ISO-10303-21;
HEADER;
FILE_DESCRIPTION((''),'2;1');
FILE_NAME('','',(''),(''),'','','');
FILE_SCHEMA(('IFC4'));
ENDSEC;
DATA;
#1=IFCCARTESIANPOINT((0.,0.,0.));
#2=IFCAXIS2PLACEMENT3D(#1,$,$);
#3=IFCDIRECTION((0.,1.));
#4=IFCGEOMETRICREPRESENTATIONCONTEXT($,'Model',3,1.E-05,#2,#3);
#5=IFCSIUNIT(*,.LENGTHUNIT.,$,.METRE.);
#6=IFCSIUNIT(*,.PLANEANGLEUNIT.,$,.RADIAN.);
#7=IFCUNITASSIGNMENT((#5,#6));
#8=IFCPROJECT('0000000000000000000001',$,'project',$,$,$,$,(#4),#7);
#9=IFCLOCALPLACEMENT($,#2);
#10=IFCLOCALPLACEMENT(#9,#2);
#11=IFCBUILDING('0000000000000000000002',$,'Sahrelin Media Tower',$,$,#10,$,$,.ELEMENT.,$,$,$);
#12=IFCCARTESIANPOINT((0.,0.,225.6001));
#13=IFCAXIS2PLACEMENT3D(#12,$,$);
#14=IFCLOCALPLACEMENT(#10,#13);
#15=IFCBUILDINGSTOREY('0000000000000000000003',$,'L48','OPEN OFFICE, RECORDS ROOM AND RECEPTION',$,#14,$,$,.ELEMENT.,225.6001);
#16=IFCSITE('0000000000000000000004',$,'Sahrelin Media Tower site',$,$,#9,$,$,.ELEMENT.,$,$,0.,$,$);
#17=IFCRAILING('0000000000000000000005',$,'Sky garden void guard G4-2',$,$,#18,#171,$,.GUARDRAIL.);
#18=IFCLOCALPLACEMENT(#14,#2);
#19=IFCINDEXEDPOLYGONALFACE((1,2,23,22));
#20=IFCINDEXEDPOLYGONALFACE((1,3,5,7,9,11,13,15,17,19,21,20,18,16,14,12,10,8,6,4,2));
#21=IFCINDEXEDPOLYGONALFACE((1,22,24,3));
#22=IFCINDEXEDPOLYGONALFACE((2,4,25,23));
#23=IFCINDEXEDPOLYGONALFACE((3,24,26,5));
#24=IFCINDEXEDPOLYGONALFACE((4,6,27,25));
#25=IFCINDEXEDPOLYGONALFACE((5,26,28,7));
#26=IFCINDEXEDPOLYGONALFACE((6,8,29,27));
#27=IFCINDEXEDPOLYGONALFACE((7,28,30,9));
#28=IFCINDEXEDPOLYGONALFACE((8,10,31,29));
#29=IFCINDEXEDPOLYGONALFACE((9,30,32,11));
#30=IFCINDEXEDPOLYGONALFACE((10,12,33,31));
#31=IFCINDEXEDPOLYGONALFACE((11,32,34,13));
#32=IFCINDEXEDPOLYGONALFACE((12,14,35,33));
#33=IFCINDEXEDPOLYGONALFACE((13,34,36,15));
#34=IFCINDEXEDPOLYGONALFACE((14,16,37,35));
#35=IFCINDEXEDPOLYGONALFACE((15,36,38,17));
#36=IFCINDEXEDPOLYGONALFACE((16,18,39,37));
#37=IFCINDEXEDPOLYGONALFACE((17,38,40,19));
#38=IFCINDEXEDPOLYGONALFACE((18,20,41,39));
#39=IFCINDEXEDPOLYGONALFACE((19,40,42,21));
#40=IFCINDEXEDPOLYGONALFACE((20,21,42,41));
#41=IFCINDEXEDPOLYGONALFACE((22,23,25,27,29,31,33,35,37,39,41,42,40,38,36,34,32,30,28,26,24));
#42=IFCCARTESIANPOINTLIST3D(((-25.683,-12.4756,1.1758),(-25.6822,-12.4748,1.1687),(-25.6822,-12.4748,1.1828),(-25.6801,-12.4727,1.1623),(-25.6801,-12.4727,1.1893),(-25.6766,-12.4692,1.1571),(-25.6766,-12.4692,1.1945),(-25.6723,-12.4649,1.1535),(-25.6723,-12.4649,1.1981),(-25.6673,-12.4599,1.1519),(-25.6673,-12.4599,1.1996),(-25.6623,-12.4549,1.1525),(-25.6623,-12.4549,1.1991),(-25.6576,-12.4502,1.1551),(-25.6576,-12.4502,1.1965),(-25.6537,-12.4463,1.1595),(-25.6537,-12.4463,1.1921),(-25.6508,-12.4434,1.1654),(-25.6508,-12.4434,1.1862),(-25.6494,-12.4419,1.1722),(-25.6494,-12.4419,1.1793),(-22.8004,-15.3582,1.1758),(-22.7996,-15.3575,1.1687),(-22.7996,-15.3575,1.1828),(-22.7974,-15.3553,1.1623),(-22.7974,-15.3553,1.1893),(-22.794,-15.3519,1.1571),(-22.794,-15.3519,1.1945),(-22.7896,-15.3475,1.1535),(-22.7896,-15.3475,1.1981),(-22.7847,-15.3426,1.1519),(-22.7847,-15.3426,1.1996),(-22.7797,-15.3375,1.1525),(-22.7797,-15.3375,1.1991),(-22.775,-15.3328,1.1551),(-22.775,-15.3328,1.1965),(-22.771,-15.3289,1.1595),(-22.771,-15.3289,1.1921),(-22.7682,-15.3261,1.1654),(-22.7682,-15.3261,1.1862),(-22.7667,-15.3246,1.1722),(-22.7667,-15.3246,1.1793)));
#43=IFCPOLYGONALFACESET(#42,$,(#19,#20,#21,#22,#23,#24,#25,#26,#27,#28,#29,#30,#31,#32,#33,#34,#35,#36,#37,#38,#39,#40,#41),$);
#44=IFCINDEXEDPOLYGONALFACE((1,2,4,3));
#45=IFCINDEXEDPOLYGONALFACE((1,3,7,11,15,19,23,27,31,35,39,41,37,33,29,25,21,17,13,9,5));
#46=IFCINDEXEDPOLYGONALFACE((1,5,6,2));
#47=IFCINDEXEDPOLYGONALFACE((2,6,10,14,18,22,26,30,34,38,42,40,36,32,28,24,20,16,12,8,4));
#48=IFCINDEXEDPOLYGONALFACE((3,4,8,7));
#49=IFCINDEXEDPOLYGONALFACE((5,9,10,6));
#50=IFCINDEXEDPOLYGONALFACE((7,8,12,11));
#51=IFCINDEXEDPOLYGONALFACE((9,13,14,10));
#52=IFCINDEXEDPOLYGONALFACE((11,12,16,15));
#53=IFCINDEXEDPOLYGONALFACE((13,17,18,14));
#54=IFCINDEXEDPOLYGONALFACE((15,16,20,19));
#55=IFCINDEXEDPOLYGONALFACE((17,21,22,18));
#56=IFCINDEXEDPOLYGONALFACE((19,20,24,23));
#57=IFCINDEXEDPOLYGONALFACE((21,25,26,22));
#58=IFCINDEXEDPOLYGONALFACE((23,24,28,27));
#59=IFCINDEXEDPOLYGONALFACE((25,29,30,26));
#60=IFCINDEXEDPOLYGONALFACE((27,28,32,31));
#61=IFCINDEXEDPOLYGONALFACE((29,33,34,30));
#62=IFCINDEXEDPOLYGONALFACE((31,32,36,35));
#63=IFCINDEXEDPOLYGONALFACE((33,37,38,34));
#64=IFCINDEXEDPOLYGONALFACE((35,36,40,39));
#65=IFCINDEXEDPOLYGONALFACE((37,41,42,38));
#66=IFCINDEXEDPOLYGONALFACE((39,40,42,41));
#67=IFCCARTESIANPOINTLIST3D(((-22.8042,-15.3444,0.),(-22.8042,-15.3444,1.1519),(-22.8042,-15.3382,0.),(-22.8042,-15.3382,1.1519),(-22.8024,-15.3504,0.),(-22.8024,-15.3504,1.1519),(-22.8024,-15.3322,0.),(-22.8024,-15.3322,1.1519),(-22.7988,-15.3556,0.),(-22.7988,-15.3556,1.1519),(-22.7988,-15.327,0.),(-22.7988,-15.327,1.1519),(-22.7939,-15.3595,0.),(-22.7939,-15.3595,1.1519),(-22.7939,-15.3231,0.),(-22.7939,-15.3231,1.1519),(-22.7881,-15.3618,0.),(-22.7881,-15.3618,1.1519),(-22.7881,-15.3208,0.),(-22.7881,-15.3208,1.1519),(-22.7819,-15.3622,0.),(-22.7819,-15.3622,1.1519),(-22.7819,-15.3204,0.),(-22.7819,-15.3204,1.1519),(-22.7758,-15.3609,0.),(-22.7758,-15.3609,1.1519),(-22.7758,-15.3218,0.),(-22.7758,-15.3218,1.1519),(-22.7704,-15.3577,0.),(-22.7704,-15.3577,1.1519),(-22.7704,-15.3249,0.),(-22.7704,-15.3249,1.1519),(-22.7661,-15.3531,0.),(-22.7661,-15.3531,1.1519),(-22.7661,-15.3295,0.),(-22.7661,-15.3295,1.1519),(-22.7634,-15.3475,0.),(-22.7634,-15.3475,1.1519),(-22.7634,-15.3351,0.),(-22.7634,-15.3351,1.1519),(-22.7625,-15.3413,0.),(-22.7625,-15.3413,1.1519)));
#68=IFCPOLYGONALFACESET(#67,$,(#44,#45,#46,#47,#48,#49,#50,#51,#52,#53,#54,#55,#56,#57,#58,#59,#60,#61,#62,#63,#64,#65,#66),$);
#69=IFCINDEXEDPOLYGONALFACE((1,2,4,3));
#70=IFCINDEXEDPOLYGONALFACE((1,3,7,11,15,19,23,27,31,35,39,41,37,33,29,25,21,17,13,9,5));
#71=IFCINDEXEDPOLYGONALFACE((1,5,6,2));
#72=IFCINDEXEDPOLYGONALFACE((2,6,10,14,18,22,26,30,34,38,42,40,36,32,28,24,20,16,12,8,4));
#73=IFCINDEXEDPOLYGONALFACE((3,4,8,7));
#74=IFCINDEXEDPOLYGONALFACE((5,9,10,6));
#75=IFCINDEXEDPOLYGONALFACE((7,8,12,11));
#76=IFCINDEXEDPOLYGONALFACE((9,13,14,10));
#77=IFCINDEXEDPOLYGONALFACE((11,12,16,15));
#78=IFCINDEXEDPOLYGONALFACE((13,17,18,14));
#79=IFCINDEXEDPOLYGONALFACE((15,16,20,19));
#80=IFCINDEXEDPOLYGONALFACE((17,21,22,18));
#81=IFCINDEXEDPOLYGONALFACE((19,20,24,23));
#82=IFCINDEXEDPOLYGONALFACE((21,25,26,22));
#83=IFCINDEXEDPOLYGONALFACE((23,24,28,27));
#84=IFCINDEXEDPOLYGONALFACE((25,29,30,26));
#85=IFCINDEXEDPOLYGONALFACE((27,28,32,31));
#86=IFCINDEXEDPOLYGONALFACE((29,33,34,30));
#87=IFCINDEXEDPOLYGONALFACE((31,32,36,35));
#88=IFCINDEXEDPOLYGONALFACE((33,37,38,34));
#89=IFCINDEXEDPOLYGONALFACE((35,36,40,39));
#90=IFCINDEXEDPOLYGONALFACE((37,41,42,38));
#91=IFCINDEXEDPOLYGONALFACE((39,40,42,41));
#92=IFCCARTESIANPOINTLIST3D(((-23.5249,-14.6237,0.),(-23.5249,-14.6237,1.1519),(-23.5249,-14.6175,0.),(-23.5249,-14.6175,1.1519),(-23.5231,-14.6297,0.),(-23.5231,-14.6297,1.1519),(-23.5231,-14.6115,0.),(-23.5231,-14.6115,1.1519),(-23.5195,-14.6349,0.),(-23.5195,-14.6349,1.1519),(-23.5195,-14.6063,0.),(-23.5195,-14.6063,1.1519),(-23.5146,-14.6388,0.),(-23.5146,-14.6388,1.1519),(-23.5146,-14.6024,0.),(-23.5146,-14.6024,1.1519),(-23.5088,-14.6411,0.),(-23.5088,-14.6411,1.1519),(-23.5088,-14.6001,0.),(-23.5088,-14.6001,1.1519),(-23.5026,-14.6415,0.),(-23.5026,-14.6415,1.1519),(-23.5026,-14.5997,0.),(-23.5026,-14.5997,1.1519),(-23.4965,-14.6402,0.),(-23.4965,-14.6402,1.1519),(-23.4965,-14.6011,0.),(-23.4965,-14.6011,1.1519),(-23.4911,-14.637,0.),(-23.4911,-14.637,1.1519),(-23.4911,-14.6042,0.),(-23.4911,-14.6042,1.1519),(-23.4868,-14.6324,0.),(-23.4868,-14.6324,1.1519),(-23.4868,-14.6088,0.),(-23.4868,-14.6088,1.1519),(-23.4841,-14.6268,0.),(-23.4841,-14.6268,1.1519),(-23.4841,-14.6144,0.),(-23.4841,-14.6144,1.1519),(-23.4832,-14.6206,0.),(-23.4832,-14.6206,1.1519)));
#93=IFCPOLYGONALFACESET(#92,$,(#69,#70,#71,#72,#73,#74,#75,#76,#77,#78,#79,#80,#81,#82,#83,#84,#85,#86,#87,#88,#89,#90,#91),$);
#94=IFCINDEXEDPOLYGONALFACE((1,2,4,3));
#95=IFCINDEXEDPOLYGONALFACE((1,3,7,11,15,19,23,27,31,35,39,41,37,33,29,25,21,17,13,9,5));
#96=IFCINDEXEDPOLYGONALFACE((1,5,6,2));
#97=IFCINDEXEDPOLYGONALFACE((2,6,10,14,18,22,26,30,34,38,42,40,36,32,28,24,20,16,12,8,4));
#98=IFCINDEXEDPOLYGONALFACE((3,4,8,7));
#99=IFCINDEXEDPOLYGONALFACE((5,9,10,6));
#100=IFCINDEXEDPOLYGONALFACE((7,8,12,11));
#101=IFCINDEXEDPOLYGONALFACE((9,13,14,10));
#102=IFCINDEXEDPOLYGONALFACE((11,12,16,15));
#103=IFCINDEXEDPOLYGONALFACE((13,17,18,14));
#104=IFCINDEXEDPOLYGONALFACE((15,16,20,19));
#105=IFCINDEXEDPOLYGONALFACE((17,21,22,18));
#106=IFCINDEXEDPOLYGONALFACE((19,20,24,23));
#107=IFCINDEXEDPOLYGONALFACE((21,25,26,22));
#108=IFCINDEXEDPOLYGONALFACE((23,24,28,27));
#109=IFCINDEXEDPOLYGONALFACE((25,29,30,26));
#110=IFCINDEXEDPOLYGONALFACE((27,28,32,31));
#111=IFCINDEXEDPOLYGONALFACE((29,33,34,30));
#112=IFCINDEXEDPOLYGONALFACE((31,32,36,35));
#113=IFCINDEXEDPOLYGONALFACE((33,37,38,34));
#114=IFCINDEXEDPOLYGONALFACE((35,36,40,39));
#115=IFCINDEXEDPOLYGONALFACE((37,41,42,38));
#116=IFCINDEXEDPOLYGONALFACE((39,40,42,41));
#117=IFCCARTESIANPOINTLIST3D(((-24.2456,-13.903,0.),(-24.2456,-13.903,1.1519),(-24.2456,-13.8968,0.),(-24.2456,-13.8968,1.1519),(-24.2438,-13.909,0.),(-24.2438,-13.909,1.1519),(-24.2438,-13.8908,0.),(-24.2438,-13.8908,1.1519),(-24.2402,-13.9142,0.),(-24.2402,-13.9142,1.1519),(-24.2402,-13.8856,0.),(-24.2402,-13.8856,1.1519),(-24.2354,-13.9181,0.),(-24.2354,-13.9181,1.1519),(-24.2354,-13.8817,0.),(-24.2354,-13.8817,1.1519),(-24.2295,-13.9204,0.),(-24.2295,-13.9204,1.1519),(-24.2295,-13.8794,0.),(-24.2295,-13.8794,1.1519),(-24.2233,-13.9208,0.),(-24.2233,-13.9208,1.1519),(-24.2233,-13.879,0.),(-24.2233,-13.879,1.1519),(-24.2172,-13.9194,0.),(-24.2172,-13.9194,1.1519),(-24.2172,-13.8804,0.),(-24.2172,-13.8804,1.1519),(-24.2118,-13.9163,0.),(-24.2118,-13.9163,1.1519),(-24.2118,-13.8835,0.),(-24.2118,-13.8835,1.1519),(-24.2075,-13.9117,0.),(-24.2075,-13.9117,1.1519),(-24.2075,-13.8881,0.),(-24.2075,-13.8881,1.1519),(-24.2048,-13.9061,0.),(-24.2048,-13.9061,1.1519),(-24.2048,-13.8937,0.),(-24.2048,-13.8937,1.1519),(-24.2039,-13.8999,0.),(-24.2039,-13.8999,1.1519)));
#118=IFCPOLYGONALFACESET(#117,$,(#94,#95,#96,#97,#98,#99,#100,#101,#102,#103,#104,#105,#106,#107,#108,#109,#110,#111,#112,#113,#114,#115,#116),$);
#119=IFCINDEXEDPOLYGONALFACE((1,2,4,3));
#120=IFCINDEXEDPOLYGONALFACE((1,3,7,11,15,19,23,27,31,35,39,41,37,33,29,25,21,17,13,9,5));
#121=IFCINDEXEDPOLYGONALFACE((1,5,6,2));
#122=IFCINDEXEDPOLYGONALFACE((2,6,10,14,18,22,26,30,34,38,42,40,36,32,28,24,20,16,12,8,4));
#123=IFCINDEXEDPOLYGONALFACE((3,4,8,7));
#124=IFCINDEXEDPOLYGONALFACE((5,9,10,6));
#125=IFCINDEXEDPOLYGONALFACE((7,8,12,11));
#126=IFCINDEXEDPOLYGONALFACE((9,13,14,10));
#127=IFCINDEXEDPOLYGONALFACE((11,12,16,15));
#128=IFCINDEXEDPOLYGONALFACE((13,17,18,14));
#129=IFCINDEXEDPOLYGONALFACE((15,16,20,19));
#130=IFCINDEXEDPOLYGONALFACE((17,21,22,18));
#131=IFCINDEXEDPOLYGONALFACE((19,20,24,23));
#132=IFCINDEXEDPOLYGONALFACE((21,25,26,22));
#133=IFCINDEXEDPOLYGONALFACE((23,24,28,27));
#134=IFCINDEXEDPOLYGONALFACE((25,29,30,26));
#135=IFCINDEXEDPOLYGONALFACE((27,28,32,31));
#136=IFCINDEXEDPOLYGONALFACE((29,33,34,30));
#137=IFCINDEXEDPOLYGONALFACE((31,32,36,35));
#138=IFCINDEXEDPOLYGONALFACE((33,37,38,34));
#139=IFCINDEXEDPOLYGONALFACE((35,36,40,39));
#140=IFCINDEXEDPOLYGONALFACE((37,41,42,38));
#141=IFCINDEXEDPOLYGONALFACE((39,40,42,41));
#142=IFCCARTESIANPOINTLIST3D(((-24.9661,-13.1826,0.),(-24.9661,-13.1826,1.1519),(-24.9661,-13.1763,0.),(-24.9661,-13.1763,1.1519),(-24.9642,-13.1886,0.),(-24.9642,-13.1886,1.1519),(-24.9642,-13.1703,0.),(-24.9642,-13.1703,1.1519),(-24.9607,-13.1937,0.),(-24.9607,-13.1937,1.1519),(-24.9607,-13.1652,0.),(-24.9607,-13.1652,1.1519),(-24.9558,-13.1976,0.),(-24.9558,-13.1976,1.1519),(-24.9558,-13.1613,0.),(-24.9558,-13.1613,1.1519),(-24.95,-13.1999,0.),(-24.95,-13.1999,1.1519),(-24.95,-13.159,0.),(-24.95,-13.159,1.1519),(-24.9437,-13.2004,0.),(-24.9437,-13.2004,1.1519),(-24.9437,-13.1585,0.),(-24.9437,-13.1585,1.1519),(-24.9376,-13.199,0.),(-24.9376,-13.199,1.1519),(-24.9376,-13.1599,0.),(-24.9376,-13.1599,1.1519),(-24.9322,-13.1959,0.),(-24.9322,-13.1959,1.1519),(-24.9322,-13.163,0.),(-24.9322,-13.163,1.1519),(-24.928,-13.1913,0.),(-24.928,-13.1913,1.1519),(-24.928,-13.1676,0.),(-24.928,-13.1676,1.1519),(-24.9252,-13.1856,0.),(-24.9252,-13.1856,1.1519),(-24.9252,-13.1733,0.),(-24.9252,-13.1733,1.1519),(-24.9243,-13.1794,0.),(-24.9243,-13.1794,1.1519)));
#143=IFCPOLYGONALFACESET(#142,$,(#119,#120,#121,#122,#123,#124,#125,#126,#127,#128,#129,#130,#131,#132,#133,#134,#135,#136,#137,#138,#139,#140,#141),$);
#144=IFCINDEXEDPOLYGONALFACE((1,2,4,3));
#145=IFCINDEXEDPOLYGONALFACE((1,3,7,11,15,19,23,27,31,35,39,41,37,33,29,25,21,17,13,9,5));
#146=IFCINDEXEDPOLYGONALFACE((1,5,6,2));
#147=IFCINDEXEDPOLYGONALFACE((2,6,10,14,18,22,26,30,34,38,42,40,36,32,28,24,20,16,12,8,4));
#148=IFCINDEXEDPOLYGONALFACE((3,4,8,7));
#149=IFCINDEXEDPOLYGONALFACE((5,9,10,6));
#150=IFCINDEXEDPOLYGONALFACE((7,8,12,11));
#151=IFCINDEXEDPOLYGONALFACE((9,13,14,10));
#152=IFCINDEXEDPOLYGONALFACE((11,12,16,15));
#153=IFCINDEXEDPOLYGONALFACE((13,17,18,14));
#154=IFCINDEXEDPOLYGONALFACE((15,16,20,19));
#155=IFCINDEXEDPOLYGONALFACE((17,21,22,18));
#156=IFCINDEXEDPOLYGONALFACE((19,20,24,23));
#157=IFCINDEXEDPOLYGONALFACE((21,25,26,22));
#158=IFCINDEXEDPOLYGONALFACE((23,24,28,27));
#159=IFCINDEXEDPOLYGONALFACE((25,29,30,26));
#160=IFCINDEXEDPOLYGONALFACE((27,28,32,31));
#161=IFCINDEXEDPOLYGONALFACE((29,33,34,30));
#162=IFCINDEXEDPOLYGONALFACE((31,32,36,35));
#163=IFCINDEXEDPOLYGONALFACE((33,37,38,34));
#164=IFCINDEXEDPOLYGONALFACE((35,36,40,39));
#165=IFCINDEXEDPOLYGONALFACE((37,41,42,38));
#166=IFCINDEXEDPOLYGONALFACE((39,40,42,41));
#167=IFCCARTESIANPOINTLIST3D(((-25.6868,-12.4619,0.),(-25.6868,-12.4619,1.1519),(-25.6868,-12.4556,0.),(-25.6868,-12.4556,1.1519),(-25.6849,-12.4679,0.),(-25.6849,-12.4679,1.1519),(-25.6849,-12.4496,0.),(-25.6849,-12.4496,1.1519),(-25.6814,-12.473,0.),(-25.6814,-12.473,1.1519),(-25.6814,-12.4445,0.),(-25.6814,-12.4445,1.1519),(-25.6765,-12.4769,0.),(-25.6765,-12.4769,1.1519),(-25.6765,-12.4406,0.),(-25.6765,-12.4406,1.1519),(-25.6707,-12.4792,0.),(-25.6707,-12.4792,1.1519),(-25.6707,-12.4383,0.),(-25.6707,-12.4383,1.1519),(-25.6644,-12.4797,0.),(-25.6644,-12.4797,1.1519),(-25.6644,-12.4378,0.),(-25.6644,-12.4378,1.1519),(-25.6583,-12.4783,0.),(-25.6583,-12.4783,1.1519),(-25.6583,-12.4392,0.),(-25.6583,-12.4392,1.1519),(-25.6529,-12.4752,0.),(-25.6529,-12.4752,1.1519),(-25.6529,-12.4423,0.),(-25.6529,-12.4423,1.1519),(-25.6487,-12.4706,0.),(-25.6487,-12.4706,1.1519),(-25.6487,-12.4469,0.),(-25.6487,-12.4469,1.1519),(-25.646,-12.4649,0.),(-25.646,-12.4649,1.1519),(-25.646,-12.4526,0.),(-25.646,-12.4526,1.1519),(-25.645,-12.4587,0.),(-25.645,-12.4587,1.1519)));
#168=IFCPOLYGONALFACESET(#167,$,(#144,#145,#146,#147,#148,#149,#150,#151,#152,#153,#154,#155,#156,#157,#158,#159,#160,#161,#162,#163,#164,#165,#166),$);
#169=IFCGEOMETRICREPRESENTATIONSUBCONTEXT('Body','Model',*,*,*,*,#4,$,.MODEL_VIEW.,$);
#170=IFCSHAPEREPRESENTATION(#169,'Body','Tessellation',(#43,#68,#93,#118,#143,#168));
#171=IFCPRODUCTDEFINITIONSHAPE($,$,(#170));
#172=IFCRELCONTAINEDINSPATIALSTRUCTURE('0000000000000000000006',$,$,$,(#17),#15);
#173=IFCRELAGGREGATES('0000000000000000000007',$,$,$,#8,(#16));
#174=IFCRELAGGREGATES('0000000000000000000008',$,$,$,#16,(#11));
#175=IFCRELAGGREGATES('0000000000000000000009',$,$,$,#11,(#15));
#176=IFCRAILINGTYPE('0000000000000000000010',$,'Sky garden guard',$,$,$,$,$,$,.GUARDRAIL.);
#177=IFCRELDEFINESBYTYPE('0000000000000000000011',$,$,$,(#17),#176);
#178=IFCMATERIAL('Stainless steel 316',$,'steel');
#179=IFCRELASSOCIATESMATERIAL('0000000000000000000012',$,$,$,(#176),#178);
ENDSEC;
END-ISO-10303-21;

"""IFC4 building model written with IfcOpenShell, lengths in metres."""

from ifc_helpers import new_model, si_unit, direction, frame, origin, origin_2d, place, context, subcontext, project, spatial, circle, extrude, material, type_object, element, save


model = new_model("IFC4")

# Units and contexts
model_context = context("Model", 3, precision=1e-05, world=origin(), true_north=direction((0.0, 1.0)))
body_context = subcontext(model_context, "Body", "Model", "MODEL_VIEW")
ifc_project = project(units=[si_unit("LENGTHUNIT", "METRE"), si_unit("PLANEANGLEUNIT", "RADIAN")], contexts=[model_context])

# Site, building, storey
site_placement = place(None, origin())
site = spatial("IfcSite", under=ifc_project, at=site_placement, Name="Sahrelin Media Tower site", CompositionType="ELEMENT", RefElevation=0.0)
building_placement = place(site_placement, origin())
building = spatial("IfcBuilding", under=site, at=building_placement, Name="Sahrelin Media Tower", CompositionType="ELEMENT")
storey_placement = place(building_placement, frame((0.0, 0.0, 225.6001)))
storey = spatial("IfcBuildingStorey", under=building, at=storey_placement, Name="L48", Description="OPEN OFFICE, RECORDS ROOM AND RECEPTION", CompositionType="ELEMENT", Elevation=225.6001)

# Railing
ifc_material_1 = material(Name="Stainless steel 316", Category="steel")
railing_type = type_object("IfcRailingType", Name="Sky garden guard", PredefinedType="GUARDRAIL", material=ifc_material_1)
railing_placement = place(storey_placement, frame((-22.7834, -15.3413, 0.0)))
element("IfcRailing", 1, at=railing_placement, inside=storey, type_object=railing_type, Name="Sky garden void guard G4-2", PredefinedType="GUARDRAIL", context=body_context, shape_type="SweptSolid", body=[
    extrude(circle(Radius=0.0239, at=origin_2d()), frame((0.0, 0.0, 1.1758), z_axis=(-0.707107, 0.707107, 0.0), x_axis=(-0.707107, -0.707107, 0.0)), (0.0, 0.0, 1.0), 4.0767),
    extrude(circle(Radius=0.021, at=origin_2d()), origin(), (0.0, 0.0, 1.0), 1.1519),
    extrude(circle(Radius=0.021, at=origin_2d()), frame((-0.7207, 0.7207, 0.0)), (0.0, 0.0, 1.0), 1.1519),
    extrude(circle(Radius=0.021, at=origin_2d()), frame((-1.4414, 1.4414, 0.0)), (0.0, 0.0, 1.0), 1.1519),
    extrude(circle(Radius=0.021, at=origin_2d()), frame((-2.1619, 2.1619, 0.0)), (0.0, 0.0, 1.0), 1.1519),
    extrude(circle(Radius=0.021, at=origin_2d()), frame((-2.8826, 2.8826, 0.0)), (0.0, 0.0, 1.0), 1.1519),
])

save(model, "model.ifc")
